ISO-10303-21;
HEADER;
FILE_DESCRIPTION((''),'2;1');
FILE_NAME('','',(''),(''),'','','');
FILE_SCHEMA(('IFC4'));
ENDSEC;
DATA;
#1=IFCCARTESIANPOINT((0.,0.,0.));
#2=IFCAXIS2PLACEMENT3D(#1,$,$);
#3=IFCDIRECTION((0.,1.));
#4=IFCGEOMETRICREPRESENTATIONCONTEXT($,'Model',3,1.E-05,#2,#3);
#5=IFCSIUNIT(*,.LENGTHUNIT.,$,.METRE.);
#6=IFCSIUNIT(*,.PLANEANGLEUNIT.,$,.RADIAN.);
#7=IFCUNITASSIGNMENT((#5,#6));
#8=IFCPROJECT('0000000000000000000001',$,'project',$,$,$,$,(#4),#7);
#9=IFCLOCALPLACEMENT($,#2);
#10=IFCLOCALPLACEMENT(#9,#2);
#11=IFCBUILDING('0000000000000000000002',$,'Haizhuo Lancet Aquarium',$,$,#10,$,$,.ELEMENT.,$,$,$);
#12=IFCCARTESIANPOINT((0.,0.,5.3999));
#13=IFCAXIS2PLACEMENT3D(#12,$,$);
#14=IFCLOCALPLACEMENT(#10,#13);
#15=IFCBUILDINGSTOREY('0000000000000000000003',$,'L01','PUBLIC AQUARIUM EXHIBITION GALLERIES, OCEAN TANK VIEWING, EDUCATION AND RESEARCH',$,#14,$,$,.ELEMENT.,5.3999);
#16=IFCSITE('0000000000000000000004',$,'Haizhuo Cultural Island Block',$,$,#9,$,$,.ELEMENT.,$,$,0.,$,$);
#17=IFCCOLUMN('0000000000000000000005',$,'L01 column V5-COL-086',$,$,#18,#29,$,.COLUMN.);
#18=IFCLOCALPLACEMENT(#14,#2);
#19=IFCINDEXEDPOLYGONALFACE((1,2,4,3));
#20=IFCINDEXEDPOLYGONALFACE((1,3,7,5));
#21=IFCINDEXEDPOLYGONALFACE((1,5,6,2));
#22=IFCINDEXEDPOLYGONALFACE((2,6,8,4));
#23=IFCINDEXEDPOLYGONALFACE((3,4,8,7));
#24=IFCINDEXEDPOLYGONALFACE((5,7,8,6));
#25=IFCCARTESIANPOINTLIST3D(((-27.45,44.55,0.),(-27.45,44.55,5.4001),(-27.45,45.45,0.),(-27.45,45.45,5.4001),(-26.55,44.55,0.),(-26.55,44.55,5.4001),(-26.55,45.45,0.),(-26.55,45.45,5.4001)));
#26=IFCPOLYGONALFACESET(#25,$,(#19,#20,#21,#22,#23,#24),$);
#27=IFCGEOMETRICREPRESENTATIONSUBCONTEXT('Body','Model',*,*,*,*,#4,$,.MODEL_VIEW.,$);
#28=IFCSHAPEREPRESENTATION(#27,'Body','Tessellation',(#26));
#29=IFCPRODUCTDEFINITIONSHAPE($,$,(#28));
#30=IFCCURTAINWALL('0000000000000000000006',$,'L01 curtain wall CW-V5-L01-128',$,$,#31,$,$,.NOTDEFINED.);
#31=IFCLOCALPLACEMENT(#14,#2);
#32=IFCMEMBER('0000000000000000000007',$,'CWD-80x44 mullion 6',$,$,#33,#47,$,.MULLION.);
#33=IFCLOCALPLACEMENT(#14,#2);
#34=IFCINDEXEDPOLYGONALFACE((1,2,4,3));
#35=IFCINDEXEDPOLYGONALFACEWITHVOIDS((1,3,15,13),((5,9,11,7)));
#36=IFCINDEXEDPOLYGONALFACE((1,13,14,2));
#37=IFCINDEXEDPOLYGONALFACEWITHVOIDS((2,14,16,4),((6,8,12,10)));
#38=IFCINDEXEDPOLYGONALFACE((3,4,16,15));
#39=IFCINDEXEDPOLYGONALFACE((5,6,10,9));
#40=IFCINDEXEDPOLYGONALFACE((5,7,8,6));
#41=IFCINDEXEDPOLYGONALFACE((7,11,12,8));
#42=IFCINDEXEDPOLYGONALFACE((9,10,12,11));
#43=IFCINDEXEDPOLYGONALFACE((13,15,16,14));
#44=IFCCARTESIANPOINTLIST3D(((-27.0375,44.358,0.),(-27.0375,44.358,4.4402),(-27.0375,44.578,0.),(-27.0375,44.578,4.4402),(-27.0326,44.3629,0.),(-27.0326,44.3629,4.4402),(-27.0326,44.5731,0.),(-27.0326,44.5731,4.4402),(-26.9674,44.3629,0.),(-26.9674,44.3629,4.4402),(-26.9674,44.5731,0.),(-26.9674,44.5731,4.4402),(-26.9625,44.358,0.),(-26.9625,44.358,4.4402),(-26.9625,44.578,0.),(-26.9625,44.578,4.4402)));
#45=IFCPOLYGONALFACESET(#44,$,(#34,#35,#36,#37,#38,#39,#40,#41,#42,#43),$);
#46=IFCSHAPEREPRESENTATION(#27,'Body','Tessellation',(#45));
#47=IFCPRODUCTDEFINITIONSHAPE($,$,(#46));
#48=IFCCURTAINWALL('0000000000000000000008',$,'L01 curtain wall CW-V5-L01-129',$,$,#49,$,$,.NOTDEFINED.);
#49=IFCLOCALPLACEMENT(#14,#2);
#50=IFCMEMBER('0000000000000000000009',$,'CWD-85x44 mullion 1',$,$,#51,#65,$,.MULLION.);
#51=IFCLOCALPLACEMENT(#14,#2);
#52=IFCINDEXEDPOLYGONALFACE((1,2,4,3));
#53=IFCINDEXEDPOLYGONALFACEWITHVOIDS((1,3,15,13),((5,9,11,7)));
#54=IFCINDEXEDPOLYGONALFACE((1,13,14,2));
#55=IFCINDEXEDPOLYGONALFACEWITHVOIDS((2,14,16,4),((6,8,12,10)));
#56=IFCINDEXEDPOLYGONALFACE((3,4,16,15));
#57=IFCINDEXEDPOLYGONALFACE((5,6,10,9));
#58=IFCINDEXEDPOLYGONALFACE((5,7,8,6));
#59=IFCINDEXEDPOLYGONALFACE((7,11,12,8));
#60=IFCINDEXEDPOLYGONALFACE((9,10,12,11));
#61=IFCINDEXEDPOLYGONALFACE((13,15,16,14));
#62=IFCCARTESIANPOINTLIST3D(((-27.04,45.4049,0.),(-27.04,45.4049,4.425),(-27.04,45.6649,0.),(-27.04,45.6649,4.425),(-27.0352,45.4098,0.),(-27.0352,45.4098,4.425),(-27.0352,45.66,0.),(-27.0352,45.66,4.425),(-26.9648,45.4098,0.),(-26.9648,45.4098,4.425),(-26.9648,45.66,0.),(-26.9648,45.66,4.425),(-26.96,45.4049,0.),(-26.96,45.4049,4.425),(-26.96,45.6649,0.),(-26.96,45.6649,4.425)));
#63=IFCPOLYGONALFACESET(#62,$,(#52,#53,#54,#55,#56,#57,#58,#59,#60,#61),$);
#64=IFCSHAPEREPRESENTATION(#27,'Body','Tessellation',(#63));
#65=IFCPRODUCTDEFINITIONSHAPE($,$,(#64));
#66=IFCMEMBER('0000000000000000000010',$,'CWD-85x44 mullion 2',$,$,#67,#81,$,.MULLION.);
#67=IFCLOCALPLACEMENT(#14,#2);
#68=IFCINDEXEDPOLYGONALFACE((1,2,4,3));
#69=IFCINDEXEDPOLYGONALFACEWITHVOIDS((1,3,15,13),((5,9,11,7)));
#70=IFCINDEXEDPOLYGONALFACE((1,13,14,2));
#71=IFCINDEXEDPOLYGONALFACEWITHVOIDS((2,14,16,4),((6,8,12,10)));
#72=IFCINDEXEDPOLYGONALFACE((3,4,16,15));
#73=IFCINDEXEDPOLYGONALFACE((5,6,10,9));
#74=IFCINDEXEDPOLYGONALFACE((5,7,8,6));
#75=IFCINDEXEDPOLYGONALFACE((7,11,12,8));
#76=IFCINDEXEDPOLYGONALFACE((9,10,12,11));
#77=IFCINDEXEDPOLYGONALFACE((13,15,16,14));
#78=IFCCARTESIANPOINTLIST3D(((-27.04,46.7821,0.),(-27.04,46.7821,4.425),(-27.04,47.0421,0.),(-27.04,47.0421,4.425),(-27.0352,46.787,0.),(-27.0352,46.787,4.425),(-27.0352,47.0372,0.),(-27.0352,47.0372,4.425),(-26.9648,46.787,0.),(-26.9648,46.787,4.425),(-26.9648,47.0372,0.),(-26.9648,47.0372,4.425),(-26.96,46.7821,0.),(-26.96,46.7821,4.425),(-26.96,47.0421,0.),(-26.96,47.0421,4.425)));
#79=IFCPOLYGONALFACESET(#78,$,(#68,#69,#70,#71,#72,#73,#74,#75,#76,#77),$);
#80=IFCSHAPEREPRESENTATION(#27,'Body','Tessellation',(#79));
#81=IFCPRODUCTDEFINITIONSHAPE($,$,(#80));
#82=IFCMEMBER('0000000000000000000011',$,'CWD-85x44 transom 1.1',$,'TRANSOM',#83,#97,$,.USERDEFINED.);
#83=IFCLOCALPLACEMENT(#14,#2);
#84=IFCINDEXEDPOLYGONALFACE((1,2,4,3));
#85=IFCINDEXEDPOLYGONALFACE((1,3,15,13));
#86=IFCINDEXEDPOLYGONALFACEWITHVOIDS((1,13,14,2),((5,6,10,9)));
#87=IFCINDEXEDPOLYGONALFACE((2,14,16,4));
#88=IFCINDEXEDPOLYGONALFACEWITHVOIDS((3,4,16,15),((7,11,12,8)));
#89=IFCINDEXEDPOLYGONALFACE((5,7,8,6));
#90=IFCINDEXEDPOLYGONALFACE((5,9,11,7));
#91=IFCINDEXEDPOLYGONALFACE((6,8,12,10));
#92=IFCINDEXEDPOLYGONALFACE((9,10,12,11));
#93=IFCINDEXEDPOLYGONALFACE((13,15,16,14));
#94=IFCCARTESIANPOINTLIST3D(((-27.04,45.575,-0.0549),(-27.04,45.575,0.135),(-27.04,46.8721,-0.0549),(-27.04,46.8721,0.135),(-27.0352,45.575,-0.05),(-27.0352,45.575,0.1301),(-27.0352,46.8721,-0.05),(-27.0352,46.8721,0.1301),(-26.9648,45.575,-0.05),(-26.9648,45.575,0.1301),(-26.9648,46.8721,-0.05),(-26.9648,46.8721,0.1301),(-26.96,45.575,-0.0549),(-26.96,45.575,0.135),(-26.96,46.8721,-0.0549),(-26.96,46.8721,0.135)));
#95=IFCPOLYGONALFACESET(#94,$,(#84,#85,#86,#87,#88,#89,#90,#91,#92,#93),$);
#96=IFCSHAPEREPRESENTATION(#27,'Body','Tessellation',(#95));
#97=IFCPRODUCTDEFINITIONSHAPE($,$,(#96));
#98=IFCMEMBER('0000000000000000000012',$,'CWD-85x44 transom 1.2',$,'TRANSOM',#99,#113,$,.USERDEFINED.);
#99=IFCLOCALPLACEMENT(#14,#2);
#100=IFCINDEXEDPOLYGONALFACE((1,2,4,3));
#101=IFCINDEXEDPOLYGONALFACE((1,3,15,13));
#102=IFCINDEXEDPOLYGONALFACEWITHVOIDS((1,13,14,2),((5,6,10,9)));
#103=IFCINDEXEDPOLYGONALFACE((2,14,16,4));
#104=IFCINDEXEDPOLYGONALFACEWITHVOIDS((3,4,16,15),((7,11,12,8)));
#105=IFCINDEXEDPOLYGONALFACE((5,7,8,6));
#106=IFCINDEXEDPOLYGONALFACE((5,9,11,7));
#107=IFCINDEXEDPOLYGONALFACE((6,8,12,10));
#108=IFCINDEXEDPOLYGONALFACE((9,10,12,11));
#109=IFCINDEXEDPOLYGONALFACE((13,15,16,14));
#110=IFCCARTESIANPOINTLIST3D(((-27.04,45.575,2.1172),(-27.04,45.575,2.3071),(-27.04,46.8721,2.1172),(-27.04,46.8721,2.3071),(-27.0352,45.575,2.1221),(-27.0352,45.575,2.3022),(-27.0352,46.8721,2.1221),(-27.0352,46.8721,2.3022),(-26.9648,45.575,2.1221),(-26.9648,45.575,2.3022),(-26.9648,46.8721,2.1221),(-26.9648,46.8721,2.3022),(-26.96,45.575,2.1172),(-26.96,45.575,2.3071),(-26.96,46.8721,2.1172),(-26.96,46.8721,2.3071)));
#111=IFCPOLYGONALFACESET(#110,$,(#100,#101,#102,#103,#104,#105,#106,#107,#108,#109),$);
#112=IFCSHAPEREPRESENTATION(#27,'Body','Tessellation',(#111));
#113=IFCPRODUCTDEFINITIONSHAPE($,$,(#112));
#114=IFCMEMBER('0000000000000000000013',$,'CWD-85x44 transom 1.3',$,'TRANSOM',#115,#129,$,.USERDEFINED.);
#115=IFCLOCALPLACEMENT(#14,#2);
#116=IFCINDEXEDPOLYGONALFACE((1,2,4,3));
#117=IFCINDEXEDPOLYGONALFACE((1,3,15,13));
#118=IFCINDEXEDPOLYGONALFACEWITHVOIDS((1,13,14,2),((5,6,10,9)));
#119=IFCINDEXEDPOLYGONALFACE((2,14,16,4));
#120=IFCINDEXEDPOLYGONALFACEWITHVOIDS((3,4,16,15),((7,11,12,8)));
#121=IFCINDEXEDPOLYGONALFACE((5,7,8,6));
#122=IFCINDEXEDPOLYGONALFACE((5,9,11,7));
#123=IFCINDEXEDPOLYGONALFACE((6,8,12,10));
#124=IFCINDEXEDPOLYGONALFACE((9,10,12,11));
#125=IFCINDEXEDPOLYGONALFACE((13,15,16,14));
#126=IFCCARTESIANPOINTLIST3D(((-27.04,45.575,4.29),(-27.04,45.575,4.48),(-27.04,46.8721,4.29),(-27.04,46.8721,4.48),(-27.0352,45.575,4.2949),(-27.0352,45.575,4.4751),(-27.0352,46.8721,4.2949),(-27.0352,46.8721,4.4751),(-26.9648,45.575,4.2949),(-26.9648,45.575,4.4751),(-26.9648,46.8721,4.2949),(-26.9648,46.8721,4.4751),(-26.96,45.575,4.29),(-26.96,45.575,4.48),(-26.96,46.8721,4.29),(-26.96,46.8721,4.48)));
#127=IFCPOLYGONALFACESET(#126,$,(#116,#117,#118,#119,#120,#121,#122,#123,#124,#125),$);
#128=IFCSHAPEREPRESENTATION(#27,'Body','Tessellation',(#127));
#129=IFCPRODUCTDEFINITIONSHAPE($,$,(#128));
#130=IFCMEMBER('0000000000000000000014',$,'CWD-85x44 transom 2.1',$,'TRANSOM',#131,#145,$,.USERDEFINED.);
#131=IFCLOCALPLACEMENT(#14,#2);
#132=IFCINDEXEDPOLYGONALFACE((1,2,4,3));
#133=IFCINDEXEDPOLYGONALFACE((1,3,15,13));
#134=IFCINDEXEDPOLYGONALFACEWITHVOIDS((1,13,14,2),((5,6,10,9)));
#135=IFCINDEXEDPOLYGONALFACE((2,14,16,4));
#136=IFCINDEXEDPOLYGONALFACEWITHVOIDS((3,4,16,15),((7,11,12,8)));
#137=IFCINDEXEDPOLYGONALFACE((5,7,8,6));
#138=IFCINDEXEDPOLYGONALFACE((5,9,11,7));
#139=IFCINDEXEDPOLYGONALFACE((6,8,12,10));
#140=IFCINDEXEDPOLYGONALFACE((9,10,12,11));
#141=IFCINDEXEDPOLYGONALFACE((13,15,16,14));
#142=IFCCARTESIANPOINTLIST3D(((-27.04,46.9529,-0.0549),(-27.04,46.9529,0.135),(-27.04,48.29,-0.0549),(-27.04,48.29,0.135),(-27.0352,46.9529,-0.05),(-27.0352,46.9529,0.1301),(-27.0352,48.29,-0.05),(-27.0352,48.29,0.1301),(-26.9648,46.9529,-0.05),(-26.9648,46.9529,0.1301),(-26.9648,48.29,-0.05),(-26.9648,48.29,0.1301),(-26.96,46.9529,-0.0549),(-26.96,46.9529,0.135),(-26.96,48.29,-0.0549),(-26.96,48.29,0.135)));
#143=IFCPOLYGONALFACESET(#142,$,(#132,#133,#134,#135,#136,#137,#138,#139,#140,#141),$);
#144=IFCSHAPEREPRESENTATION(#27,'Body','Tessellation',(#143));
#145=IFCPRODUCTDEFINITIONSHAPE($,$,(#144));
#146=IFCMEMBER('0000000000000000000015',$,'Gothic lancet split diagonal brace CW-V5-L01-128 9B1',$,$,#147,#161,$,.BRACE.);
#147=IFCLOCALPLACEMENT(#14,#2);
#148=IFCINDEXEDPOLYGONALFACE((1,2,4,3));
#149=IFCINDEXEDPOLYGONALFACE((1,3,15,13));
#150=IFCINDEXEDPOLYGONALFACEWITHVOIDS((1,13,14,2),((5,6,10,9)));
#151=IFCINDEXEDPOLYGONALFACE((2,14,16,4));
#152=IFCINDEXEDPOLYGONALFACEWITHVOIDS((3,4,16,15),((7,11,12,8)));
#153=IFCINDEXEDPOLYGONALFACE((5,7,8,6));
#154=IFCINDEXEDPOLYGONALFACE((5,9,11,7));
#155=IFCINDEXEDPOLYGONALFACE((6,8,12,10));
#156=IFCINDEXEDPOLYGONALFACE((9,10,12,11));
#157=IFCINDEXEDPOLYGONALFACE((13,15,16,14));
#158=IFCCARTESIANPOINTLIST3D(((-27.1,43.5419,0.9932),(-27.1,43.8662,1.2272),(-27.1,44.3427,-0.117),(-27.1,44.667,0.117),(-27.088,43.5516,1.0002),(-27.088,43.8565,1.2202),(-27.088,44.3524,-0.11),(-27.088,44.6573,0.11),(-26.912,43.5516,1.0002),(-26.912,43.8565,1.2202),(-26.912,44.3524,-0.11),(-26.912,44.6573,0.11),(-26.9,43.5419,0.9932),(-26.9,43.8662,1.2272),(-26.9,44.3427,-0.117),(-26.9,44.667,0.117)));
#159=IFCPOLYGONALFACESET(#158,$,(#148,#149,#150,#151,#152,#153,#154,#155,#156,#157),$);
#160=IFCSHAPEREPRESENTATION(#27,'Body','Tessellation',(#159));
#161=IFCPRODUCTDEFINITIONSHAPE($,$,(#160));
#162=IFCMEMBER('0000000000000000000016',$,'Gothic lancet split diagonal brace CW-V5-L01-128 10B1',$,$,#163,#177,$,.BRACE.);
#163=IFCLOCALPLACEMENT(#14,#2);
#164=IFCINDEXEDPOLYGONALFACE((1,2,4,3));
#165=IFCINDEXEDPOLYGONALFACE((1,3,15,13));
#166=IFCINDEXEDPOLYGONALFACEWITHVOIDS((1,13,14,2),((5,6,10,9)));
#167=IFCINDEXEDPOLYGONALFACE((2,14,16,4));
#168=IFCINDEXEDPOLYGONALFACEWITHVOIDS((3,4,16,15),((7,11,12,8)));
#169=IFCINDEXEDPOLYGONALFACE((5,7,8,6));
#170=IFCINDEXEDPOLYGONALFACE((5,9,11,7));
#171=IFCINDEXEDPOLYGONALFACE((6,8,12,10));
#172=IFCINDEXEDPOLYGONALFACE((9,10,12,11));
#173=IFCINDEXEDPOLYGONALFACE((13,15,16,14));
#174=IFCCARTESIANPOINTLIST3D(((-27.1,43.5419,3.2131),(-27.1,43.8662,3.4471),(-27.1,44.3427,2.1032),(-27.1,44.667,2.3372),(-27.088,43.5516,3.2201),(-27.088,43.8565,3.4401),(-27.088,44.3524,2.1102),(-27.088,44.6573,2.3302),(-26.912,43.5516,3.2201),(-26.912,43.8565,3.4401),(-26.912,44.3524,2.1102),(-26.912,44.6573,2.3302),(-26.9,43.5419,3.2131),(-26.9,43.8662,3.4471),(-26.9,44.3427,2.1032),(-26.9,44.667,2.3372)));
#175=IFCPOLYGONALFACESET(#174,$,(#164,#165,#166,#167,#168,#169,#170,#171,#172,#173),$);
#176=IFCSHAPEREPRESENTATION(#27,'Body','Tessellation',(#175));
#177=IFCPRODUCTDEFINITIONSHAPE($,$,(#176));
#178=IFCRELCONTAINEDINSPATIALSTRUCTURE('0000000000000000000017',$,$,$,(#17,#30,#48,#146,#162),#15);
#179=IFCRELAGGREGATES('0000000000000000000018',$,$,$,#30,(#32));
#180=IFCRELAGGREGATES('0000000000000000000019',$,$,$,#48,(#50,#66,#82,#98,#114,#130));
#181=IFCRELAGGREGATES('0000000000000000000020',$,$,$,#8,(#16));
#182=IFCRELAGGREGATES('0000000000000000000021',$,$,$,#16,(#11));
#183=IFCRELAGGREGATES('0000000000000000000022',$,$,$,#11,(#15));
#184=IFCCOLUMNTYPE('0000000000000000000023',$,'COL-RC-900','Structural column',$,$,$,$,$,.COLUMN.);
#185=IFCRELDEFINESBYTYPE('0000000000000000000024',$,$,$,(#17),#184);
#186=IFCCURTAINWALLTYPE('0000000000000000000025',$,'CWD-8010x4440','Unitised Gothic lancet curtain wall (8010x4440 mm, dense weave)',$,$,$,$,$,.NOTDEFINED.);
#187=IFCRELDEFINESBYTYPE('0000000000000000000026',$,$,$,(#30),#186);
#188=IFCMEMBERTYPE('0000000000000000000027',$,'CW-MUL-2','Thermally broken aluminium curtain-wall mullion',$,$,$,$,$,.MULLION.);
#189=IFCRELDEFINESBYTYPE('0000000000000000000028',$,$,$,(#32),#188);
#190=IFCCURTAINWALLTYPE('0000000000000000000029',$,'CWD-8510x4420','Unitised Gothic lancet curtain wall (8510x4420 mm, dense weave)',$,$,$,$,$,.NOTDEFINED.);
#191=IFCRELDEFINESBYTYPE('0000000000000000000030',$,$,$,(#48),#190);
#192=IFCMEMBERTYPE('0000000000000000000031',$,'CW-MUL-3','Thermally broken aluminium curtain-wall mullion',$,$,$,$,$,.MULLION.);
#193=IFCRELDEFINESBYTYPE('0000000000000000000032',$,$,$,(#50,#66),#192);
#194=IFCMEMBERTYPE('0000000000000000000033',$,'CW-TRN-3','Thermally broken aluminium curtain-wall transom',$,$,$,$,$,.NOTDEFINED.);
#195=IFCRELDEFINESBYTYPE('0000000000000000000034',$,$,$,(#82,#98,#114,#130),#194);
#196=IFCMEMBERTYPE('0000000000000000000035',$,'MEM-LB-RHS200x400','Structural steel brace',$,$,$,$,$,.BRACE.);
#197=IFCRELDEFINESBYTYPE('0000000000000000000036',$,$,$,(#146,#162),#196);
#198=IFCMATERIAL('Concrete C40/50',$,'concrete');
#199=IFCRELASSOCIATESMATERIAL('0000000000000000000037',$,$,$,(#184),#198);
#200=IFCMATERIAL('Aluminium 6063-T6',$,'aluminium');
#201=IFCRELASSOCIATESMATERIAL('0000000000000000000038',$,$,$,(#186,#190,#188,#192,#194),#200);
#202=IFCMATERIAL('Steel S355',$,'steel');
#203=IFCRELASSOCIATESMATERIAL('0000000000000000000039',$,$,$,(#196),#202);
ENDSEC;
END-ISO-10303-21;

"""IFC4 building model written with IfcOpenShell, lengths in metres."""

from ifc_helpers import new_model, si_unit, direction, frame, origin, origin_2d, place, context, subcontext, project, spatial, rectangle, hollow_rectangle, extrude, material, material_profile, profile_set, type_object, element, aggregate, save


model = new_model("IFC4")

# Units and contexts
model_context = context("Model", 3, precision=1e-05, world=origin(), true_north=direction((0.0, 1.0)))
body_context = subcontext(model_context, "Body", "Model", "MODEL_VIEW")
ifc_project = project(units=[si_unit("LENGTHUNIT", "METRE"), si_unit("PLANEANGLEUNIT", "RADIAN")], contexts=[model_context])

# Site, building, storey
site_placement = place(None, origin())
site = spatial("IfcSite", under=ifc_project, at=site_placement, Name="Haizhuo Cultural Island Block", CompositionType="ELEMENT", RefElevation=0.0)
building_placement = place(site_placement, origin())
building = spatial("IfcBuilding", under=site, at=building_placement, Name="Haizhuo Lancet Aquarium", CompositionType="ELEMENT")
storey_placement = place(building_placement, frame((0.0, 0.0, 5.3999)))
storey = spatial("IfcBuildingStorey", under=building, at=storey_placement, Name="L01", Description="PUBLIC AQUARIUM EXHIBITION GALLERIES, OCEAN TANK VIEWING, EDUCATION AND RESEARCH", CompositionType="ELEMENT", Elevation=5.3999)

# Column
ifc_material_1 = material(Name="Concrete C40/50", Category="concrete")
ifc_material_profile_1 = material_profile(ifc_material_1, rectangle(XDim=0.8999, YDim=0.8999, at=origin_2d()), Name="RC-COL 900x900")
ifc_profile_set_1 = profile_set([ifc_material_profile_1], Name="Concrete C40/50")
column_type = type_object("IfcColumnType", Name="COL-RC-900", Description="Structural column", PredefinedType="COLUMN", material=ifc_profile_set_1)
column_placement = place(storey_placement, frame((-27.0, 45.0, 0.0), z_axis=(0.0, 0.0, 1.0), x_axis=(1.0, 0.0, 0.0)))
element("IfcColumn", 1, at=column_placement, inside=storey, type_object=column_type, Name="L01 column V5-COL-086", PredefinedType="COLUMN", context=body_context, shape_type="SweptSolid", body=[
    extrude(rectangle(XDim=0.8999, YDim=0.8999, at=origin_2d()), origin(), (0.0, 0.0, 1.0), 5.4001),
])

# Curtain wall, member
ifc_material_2 = material(Name="Aluminium 6063-T6", Category="aluminium")
curtain_wall_type_1 = type_object("IfcCurtainWallType", Name="CWD-8010x4440", Description="Unitised Gothic lancet curtain wall (8010x4440 mm, dense weave)", PredefinedType="NOTDEFINED", material=ifc_material_2)
curtain_wall_1_placement = place(storey_placement, origin())
curtain_wall_1 = element("IfcCurtainWall", 2, at=curtain_wall_1_placement, inside=storey, type_object=curtain_wall_type_1, Name="L01 curtain wall CW-V5-L01-128", PredefinedType="NOTDEFINED")
ifc_material_profile_2 = material_profile(ifc_material_2, hollow_rectangle(XDim=0.075, YDim=0.22, WallThickness=0.0049, at=origin_2d()), Name="ALU-M 75x220x5")
ifc_profile_set_2 = profile_set([ifc_material_profile_2], Name="Aluminium 6063-T6")
member_type_1 = type_object("IfcMemberType", Name="CW-MUL-2", Description="Thermally broken aluminium curtain-wall mullion", PredefinedType="MULLION", material=ifc_profile_set_2)
member_1_placement = place(storey_placement, frame((-27.0, 44.468, 0.0), z_axis=(0.0, 0.0, 1.0), x_axis=(-1.0, 0.0, 0.0)))
member_1 = element("IfcMember", 3, at=member_1_placement, type_object=member_type_1, Name="CWD-80x44 mullion 6", PredefinedType="MULLION", context=body_context, shape_type="SweptSolid", body=[
    extrude(hollow_rectangle(XDim=0.075, YDim=0.22, WallThickness=0.0049, at=origin_2d()), origin(), (0.0, 0.0, 1.0), 4.4402),
])
aggregate(curtain_wall_1, [member_1])

# Curtain wall, members
curtain_wall_type_2 = type_object("IfcCurtainWallType", Name="CWD-8510x4420", Description="Unitised Gothic lancet curtain wall (8510x4420 mm, dense weave)", PredefinedType="NOTDEFINED", material=ifc_material_2)
curtain_wall_2_placement = place(storey_placement, origin())
curtain_wall_2 = element("IfcCurtainWall", 4, at=curtain_wall_2_placement, inside=storey, type_object=curtain_wall_type_2, Name="L01 curtain wall CW-V5-L01-129", PredefinedType="NOTDEFINED")
ifc_material_profile_3 = material_profile(ifc_material_2, hollow_rectangle(XDim=0.0801, YDim=0.26, WallThickness=0.0049, at=origin_2d()), Name="ALU-M 80x260x5")
ifc_profile_set_3 = profile_set([ifc_material_profile_3], Name="Aluminium 6063-T6")
member_type_2 = type_object("IfcMemberType", Name="CW-MUL-3", Description="Thermally broken aluminium curtain-wall mullion", PredefinedType="MULLION", material=ifc_profile_set_3)
member_2_placement = place(storey_placement, frame((-27.0, 45.5349, 0.0), z_axis=(0.0, 0.0, 1.0), x_axis=(-1.0, 0.0, 0.0)))
member_2 = element("IfcMember", 5, at=member_2_placement, type_object=member_type_2, Name="CWD-85x44 mullion 1", PredefinedType="MULLION", context=body_context, shape_type="SweptSolid", body=[
    extrude(hollow_rectangle(XDim=0.0801, YDim=0.26, WallThickness=0.0049, at=origin_2d()), origin(), (0.0, 0.0, 1.0), 4.425),
])
member_3_placement = place(storey_placement, frame((-27.0, 46.9121, 0.0), z_axis=(0.0, 0.0, 1.0), x_axis=(-1.0, 0.0, 0.0)))
member_3 = element("IfcMember", 6, at=member_3_placement, type_object=member_type_2, Name="CWD-85x44 mullion 2", PredefinedType="MULLION", context=body_context, shape_type="SweptSolid", body=[
    extrude(hollow_rectangle(XDim=0.0801, YDim=0.26, WallThickness=0.0049, at=origin_2d()), origin(), (0.0, 0.0, 1.0), 4.425),
])
ifc_material_profile_4 = material_profile(ifc_material_2, hollow_rectangle(XDim=0.0801, YDim=0.1899, WallThickness=0.0049, at=origin_2d()), Name="ALU-T 80x190x5")
ifc_profile_set_4 = profile_set([ifc_material_profile_4], Name="Aluminium 6063-T6")
member_type_3 = type_object("IfcMemberType", Name="CW-TRN-3", Description="Thermally broken aluminium curtain-wall transom", PredefinedType="NOTDEFINED", material=ifc_profile_set_4)
member_4_placement = place(storey_placement, frame((-27.0, 45.575, 0.04), z_axis=(0.0, 1.0, 0.0), x_axis=(-1.0, 0.0, 0.0)))
member_4 = element("IfcMember", 7, at=member_4_placement, type_object=member_type_3, Name="CWD-85x44 transom 1.1", ObjectType="TRANSOM", PredefinedType="USERDEFINED", context=body_context, shape_type="SweptSolid", body=[
    extrude(hollow_rectangle(XDim=0.0801, YDim=0.1899, WallThickness=0.0049, at=origin_2d()), origin(), (0.0, 0.0, 1.0), 1.2971),
])
member_5_placement = place(storey_placement, frame((-27.0, 45.575, 2.2122), z_axis=(0.0, 1.0, 0.0), x_axis=(-1.0, 0.0, 0.0)))
member_5 = element("IfcMember", 8, at=member_5_placement, type_object=member_type_3, Name="CWD-85x44 transom 1.2", ObjectType="TRANSOM", PredefinedType="USERDEFINED", context=body_context, shape_type="SweptSolid", body=[
    extrude(hollow_rectangle(XDim=0.0801, YDim=0.1899, WallThickness=0.0049, at=origin_2d()), origin(), (0.0, 0.0, 1.0), 1.2971),
])
member_6_placement = place(storey_placement, frame((-27.0, 45.575, 4.385), z_axis=(0.0, 1.0, 0.0), x_axis=(-1.0, 0.0, 0.0)))
member_6 = element("IfcMember", 9, at=member_6_placement, type_object=member_type_3, Name="CWD-85x44 transom 1.3", ObjectType="TRANSOM", PredefinedType="USERDEFINED", context=body_context, shape_type="SweptSolid", body=[
    extrude(hollow_rectangle(XDim=0.0801, YDim=0.1899, WallThickness=0.0049, at=origin_2d()), origin(), (0.0, 0.0, 1.0), 1.2971),
])
member_7_placement = place(storey_placement, frame((-27.0, 46.9529, 0.04), z_axis=(0.0, 1.0, 0.0), x_axis=(-1.0, 0.0, 0.0)))
member_7 = element("IfcMember", 10, at=member_7_placement, type_object=member_type_3, Name="CWD-85x44 transom 2.1", ObjectType="TRANSOM", PredefinedType="USERDEFINED", context=body_context, shape_type="SweptSolid", body=[
    extrude(hollow_rectangle(XDim=0.0801, YDim=0.1899, WallThickness=0.0049, at=origin_2d()), origin(), (0.0, 0.0, 1.0), 1.3372),
])

# Members
ifc_material_3 = material(Name="Steel S355", Category="steel")
ifc_material_profile_5 = material_profile(ifc_material_3, hollow_rectangle(XDim=0.2, YDim=0.3999, WallThickness=0.012, at=origin_2d()), Name="RHS 200x400x12")
ifc_profile_set_5 = profile_set([ifc_material_profile_5], Name="Steel S355")
member_type_4 = type_object("IfcMemberType", Name="MEM-LB-RHS200x400", Description="Structural steel brace", PredefinedType="BRACE", material=ifc_profile_set_5)
member_8_placement = place(storey_placement, frame((-27.0, 44.5049, 0.0), z_axis=(0.0, -0.585028, 0.811013), x_axis=(1.0, 0.0, 0.0)))
element("IfcMember", 11, at=member_8_placement, inside=storey, type_object=member_type_4, Name="Gothic lancet split diagonal brace CW-V5-L01-128 9B1", PredefinedType="BRACE", context=body_context, shape_type="SweptSolid", body=[
    extrude(hollow_rectangle(XDim=0.2, YDim=0.3999, WallThickness=0.012, at=origin_2d()), origin(), (0.0, 0.0, 1.0), 1.3689),
])
member_9_placement = place(storey_placement, frame((-27.0, 44.5049, 2.2202), z_axis=(0.0, -0.585113, 0.810952), x_axis=(1.0, 0.0, 0.0)))
element("IfcMember", 12, at=member_9_placement, inside=storey, type_object=member_type_4, Name="Gothic lancet split diagonal brace CW-V5-L01-128 10B1", PredefinedType="BRACE", context=body_context, shape_type="SweptSolid", body=[
    extrude(hollow_rectangle(XDim=0.2, YDim=0.3999, WallThickness=0.012, at=origin_2d()), origin(), (0.0, 0.0, 1.0), 1.3687),
])

aggregate(curtain_wall_2, [member_2, member_3, member_4, member_5, member_6, member_7])

save(model, "model.ifc")
